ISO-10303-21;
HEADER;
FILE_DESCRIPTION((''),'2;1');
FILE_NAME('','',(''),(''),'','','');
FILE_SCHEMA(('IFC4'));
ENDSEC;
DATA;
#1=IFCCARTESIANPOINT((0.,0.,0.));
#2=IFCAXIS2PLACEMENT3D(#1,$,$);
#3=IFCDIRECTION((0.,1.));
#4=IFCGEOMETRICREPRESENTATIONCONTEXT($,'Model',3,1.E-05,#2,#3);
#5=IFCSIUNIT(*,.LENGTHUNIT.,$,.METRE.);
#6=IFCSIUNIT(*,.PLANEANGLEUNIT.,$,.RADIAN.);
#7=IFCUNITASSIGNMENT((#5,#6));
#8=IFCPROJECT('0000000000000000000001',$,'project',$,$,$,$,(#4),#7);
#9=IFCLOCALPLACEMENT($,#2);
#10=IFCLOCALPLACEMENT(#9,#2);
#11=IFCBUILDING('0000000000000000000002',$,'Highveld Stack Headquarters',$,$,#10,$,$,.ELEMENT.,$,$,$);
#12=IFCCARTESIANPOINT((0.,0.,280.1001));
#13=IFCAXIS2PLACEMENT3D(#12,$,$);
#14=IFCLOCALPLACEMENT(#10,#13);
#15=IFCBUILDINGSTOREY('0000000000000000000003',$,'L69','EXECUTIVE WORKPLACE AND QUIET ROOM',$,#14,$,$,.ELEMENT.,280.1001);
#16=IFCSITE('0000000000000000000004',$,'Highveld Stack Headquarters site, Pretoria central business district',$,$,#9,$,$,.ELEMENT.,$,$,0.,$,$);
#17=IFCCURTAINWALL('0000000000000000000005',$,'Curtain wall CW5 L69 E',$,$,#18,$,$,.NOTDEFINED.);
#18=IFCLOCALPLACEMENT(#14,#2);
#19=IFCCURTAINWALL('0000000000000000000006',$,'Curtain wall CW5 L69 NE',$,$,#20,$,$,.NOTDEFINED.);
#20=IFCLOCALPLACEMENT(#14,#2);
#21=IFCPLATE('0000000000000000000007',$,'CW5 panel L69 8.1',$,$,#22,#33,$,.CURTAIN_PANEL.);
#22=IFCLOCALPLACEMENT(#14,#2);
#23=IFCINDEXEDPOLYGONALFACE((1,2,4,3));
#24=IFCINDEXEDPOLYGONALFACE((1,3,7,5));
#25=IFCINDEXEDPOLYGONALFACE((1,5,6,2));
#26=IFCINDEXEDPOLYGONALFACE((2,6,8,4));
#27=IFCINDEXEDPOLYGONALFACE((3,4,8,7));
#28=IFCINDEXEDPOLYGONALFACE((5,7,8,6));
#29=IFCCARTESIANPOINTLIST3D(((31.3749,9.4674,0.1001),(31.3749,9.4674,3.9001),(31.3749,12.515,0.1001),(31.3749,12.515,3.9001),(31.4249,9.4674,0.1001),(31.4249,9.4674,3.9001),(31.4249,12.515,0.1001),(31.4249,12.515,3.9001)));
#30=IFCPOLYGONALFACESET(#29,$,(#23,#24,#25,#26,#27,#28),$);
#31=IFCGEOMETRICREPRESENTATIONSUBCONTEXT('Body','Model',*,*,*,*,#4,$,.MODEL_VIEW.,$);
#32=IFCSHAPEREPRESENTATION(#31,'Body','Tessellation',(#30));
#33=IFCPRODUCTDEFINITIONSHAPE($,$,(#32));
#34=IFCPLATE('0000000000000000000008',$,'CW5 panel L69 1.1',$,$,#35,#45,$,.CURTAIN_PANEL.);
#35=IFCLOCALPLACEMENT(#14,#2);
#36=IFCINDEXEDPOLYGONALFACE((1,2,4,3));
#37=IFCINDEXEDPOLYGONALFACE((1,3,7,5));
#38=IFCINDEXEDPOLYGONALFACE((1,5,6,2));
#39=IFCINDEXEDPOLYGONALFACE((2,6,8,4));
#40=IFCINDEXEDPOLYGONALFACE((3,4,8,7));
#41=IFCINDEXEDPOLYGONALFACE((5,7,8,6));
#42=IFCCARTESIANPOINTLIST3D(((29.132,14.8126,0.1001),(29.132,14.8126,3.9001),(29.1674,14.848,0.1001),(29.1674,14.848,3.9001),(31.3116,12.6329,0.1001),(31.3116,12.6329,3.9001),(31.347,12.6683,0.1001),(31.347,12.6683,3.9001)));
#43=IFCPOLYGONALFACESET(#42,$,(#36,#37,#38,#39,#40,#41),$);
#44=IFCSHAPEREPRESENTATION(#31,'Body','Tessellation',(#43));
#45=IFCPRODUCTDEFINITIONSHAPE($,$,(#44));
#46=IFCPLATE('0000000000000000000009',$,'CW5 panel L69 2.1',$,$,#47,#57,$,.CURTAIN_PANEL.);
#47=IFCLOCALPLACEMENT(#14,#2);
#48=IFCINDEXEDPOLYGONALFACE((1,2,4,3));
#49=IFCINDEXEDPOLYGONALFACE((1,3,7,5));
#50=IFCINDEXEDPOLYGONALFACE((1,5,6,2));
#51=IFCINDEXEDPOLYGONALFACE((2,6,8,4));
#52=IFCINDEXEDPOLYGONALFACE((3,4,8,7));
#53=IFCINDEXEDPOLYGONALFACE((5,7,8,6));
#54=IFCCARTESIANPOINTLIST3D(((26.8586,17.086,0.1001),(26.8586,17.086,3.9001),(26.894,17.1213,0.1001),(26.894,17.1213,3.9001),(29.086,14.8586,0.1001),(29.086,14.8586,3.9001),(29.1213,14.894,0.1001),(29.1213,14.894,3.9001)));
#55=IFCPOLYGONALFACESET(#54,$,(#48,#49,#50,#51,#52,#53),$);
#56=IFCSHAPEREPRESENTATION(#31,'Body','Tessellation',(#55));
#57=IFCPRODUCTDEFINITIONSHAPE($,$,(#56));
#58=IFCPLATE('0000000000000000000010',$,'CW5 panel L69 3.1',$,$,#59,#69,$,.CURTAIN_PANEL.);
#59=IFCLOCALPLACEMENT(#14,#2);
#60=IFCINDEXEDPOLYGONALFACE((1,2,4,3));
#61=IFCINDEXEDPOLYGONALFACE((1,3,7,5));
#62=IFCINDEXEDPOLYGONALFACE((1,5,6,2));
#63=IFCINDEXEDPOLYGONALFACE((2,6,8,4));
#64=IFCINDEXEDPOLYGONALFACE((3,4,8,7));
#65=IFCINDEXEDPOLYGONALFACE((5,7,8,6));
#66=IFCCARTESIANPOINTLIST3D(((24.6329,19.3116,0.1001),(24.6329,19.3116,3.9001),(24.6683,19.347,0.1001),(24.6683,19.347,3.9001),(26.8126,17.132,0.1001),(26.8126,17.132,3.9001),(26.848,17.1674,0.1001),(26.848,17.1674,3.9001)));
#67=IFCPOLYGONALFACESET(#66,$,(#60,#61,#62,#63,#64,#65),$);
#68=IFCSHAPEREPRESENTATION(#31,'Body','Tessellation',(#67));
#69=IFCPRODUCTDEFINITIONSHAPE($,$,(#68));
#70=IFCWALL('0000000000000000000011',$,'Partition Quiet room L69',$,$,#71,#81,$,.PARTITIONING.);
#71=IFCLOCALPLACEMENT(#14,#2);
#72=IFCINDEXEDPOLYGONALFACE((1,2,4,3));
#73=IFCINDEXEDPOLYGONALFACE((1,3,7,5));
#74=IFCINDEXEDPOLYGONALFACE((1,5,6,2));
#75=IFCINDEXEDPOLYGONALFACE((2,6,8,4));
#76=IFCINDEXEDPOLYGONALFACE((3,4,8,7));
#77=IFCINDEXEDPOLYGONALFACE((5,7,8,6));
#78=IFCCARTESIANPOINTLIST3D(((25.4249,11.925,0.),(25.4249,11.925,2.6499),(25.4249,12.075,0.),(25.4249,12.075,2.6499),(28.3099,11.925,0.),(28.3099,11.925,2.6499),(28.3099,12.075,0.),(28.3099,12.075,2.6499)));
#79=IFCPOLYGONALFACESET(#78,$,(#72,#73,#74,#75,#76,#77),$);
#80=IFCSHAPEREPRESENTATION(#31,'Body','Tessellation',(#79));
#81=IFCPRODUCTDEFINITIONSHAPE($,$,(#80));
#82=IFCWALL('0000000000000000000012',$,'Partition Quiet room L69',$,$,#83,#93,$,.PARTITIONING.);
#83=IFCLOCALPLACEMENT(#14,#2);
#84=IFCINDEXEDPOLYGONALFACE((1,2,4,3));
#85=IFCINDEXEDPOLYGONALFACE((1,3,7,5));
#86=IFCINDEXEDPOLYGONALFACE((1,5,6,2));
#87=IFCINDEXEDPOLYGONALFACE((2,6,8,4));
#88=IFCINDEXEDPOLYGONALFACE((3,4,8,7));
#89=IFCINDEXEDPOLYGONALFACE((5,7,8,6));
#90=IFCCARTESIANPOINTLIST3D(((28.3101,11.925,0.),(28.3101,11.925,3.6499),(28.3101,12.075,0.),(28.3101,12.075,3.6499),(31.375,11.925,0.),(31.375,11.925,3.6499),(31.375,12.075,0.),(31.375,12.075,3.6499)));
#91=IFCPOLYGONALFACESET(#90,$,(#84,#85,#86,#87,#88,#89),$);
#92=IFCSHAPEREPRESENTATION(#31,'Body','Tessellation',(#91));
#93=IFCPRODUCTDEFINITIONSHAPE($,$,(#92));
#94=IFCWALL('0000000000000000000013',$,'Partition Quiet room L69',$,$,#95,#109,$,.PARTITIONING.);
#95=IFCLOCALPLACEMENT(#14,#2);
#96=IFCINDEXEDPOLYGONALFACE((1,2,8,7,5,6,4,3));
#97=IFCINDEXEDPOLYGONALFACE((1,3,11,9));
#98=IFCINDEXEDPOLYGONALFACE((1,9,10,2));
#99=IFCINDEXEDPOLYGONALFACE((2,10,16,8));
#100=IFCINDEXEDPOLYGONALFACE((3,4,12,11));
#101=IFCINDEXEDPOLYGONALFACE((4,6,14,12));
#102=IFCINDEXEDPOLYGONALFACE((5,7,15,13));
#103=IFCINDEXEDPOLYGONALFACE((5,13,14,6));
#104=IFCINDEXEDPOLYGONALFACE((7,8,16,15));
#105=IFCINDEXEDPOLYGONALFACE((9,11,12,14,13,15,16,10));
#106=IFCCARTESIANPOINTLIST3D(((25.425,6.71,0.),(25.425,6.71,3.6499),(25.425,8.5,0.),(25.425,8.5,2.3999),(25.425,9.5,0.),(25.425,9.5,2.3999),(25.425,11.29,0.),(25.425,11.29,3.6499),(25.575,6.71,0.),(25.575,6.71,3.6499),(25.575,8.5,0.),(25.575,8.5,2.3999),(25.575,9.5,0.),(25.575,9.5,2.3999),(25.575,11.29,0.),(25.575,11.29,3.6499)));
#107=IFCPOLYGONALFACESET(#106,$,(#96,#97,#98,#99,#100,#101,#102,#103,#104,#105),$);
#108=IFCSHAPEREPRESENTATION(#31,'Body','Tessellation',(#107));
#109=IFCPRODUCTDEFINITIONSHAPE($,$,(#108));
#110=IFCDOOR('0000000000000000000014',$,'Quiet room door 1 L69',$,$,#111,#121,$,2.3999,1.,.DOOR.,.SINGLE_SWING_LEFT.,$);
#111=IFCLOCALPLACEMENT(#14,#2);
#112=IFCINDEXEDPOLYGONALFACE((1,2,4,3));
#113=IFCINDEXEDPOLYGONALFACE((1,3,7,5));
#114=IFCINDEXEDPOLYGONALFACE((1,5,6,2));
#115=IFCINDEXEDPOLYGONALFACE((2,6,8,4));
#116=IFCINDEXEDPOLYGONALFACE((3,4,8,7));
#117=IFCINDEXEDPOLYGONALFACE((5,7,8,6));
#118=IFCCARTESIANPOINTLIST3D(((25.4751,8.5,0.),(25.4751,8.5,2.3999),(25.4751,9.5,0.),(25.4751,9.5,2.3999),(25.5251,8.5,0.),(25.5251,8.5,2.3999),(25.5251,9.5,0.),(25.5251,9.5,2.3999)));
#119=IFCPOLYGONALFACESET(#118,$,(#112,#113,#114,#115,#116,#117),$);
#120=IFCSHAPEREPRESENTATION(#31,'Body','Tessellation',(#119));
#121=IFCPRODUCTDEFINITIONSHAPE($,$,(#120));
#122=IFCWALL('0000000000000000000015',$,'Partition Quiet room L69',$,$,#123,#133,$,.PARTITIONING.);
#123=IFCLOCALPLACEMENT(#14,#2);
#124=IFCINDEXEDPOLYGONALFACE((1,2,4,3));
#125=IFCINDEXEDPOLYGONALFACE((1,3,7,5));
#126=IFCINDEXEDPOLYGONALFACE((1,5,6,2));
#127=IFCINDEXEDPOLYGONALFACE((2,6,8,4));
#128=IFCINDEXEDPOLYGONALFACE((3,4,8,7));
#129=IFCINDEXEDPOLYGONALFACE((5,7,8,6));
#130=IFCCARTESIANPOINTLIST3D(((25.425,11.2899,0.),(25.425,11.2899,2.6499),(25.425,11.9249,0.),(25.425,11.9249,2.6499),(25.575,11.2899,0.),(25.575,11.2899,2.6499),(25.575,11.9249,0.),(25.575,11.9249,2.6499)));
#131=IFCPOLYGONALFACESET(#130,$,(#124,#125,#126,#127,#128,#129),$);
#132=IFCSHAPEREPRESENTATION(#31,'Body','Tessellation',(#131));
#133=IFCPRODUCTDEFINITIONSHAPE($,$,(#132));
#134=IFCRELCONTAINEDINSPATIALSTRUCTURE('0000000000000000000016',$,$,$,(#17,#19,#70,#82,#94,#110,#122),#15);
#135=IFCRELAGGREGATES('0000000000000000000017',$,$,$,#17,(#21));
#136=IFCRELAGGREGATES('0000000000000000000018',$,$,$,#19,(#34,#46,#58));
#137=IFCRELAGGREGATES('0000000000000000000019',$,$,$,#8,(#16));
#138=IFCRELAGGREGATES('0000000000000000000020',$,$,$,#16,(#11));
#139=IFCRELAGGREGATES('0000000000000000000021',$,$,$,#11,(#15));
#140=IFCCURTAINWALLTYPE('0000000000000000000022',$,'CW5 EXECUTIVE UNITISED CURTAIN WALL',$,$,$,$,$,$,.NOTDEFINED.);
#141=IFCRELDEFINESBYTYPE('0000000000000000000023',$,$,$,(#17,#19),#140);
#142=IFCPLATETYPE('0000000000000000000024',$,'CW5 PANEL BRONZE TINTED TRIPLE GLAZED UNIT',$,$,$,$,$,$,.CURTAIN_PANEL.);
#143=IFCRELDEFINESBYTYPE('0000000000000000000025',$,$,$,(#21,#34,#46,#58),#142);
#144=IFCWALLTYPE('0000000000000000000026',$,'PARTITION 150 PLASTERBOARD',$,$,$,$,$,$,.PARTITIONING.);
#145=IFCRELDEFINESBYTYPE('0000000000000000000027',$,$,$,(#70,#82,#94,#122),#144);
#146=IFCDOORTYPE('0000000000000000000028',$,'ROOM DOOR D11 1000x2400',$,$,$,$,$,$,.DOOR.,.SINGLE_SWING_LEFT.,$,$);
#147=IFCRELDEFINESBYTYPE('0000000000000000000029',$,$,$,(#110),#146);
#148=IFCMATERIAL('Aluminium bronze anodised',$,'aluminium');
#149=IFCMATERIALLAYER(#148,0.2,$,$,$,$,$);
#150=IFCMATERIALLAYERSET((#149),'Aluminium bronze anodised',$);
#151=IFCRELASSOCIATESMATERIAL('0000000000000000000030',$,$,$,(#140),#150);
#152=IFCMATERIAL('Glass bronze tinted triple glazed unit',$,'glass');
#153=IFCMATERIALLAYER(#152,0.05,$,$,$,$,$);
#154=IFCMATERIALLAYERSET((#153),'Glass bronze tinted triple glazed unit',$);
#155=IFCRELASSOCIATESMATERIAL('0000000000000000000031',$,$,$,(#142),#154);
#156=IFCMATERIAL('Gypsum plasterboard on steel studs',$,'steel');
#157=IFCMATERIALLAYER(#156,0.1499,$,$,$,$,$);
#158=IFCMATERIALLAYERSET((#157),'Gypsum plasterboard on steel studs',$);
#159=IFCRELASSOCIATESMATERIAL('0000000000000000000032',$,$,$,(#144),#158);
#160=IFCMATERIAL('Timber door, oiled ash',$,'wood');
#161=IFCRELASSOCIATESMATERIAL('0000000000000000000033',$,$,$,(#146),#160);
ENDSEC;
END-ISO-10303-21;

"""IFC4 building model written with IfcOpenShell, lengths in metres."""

from ifc_helpers import new_model, si_unit, direction, frame, frame_2d, origin, origin_2d, place, context, subcontext, project, spatial, rectangle, extrude, material, layer, layer_set, type_object, element, fill, aggregate, save


model = new_model("IFC4")

# Units and contexts
model_context = context("Model", 3, precision=1e-05, world=origin(), true_north=direction((0.0, 1.0)))
body_context = subcontext(model_context, "Body", "Model", "MODEL_VIEW")
ifc_project = project(units=[si_unit("LENGTHUNIT", "METRE"), si_unit("PLANEANGLEUNIT", "RADIAN")], contexts=[model_context])

# Site, building, storey
site_placement = place(None, origin())
site = spatial("IfcSite", under=ifc_project, at=site_placement, Name="Highveld Stack Headquarters site, Pretoria central business district", CompositionType="ELEMENT", RefElevation=0.0)
building_placement = place(site_placement, origin())
building = spatial("IfcBuilding", under=site, at=building_placement, Name="Highveld Stack Headquarters", CompositionType="ELEMENT")
storey_placement = place(building_placement, frame((0.0, 0.0, 280.1001)))
storey = spatial("IfcBuildingStorey", under=building, at=storey_placement, Name="L69", Description="EXECUTIVE WORKPLACE AND QUIET ROOM", CompositionType="ELEMENT", Elevation=280.1001)

# Curtain walls
ifc_material_1 = material(Name="Aluminium bronze anodised", Category="aluminium")
ifc_layer_1 = layer(ifc_material_1, 0.2)
ifc_layer_set_1 = layer_set([ifc_layer_1], Name="Aluminium bronze anodised")
curtain_wall_type = type_object("IfcCurtainWallType", Name="CW5 EXECUTIVE UNITISED CURTAIN WALL", PredefinedType="NOTDEFINED", material=ifc_layer_set_1)
curtain_wall_1_placement = place(storey_placement, origin())
curtain_wall_1 = element("IfcCurtainWall", 1, at=curtain_wall_1_placement, inside=storey, type_object=curtain_wall_type, Name="Curtain wall CW5 L69 E", PredefinedType="NOTDEFINED")
curtain_wall_2_placement = place(storey_placement, origin())
curtain_wall_2 = element("IfcCurtainWall", 2, at=curtain_wall_2_placement, inside=storey, type_object=curtain_wall_type, Name="Curtain wall CW5 L69 NE", PredefinedType="NOTDEFINED")

# Plates
ifc_material_2 = material(Name="Glass bronze tinted triple glazed unit", Category="glass")
ifc_layer_2 = layer(ifc_material_2, 0.05)
ifc_layer_set_2 = layer_set([ifc_layer_2], Name="Glass bronze tinted triple glazed unit")
plate_type = type_object("IfcPlateType", Name="CW5 PANEL BRONZE TINTED TRIPLE GLAZED UNIT", PredefinedType="CURTAIN_PANEL", material=ifc_layer_set_2)
plate_1_placement = place(storey_placement, frame((31.3999, 10.9912, 0.1001), z_axis=(0.0, 0.0, 1.0), x_axis=(0.0, 1.0, 0.0)))
plate_1 = element("IfcPlate", 3, at=plate_1_placement, type_object=plate_type, Name="CW5 panel L69 8.1", PredefinedType="CURTAIN_PANEL", context=body_context, shape_type="SweptSolid", body=[
    extrude(rectangle(XDim=3.0476, YDim=0.05, at=origin_2d()), origin(), (0.0, 0.0, 1.0), 3.8),
])
aggregate(curtain_wall_1, [plate_1])
plate_2_placement = place(storey_placement, frame((30.2395, 13.7405, 0.1001), z_axis=(0.0, 0.0, 1.0), x_axis=(-0.707107, 0.707107, 0.0)))
plate_2 = element("IfcPlate", 4, at=plate_2_placement, type_object=plate_type, Name="CW5 panel L69 1.1", PredefinedType="CURTAIN_PANEL", context=body_context, shape_type="SweptSolid", body=[
    extrude(rectangle(XDim=3.0825, YDim=0.05, at=origin_2d()), origin(), (0.0, 0.0, 1.0), 3.8),
])
plate_3_placement = place(storey_placement, frame((27.99, 15.99, 0.1001), z_axis=(0.0, 0.0, 1.0), x_axis=(-0.707107, 0.707107, 0.0)))
plate_3 = element("IfcPlate", 5, at=plate_3_placement, type_object=plate_type, Name="CW5 panel L69 2.1", PredefinedType="CURTAIN_PANEL", context=body_context, shape_type="SweptSolid", body=[
    extrude(rectangle(XDim=3.1499, YDim=0.05, at=origin_2d()), origin(), (0.0, 0.0, 1.0), 3.8),
])
plate_4_placement = place(storey_placement, frame((25.7405, 18.2395, 0.1001), z_axis=(0.0, 0.0, 1.0), x_axis=(-0.707107, 0.707107, 0.0)))
plate_4 = element("IfcPlate", 6, at=plate_4_placement, type_object=plate_type, Name="CW5 panel L69 3.1", PredefinedType="CURTAIN_PANEL", context=body_context, shape_type="SweptSolid", body=[
    extrude(rectangle(XDim=3.0825, YDim=0.05, at=origin_2d()), origin(), (0.0, 0.0, 1.0), 3.8),
])
aggregate(curtain_wall_2, [plate_2, plate_3, plate_4])

# Walls
ifc_material_3 = material(Name="Gypsum plasterboard on steel studs", Category="steel")
ifc_layer_3 = layer(ifc_material_3, 0.1499)
ifc_layer_set_3 = layer_set([ifc_layer_3], Name="Gypsum plasterboard on steel studs")
wall_type = type_object("IfcWallType", Name="PARTITION 150 PLASTERBOARD", PredefinedType="PARTITIONING", material=ifc_layer_set_3)
wall_1_placement = place(storey_placement, frame((25.425, 12.0, 0.0), z_axis=(0.0, 0.0, 1.0), x_axis=(1.0, 0.0, 0.0)))
element("IfcWall", 7, at=wall_1_placement, inside=storey, type_object=wall_type, Name="Partition Quiet room L69", PredefinedType="PARTITIONING", context=body_context, shape_type="SweptSolid", body=[
    extrude(rectangle(XDim=2.885, YDim=0.1499, at=frame_2d((1.4424, 0.0))), origin(), (0.0, 0.0, 1.0), 2.6499),
])
wall_2_placement = place(storey_placement, frame((28.3101, 12.0, 0.0), z_axis=(0.0, 0.0, 1.0), x_axis=(1.0, 0.0, 0.0)))
element("IfcWall", 8, at=wall_2_placement, inside=storey, type_object=wall_type, Name="Partition Quiet room L69", PredefinedType="PARTITIONING", context=body_context, shape_type="SweptSolid", body=[
    extrude(rectangle(XDim=3.0649, YDim=0.1499, at=frame_2d((1.5325, 0.0))), origin(), (0.0, 0.0, 1.0), 3.6499),
])

# Wall, opening, door
wall_3_placement = place(storey_placement, frame((25.5, 6.71, 0.0), z_axis=(0.0, 0.0, 1.0), x_axis=(0.0, 1.0, 0.0)))
wall_3 = element("IfcWall", 9, at=wall_3_placement, inside=storey, type_object=wall_type, Name="Partition Quiet room L69", PredefinedType="PARTITIONING", context=body_context, shape_type="SweptSolid", body=[
    extrude(rectangle(XDim=4.5801, YDim=0.1499, at=frame_2d((2.29, 0.0))), origin(), (0.0, 0.0, 1.0), 3.6499),
])
opening_placement = place(wall_3_placement, frame((1.79, 0.0, 0.0)))
opening = element("IfcOpeningElement", 10, at=opening_placement, cuts=wall_3, PredefinedType="OPENING", context=body_context, shape_type="SweptSolid", body=[
    extrude(rectangle(XDim=1.0, YDim=2.3999, at=frame_2d((0.5, 1.2))), frame((0.0, 0.085, 0.0), z_axis=(0.0, -1.0, 0.0), x_axis=(1.0, 0.0, 0.0)), (0.0, 0.0, 1.0), 0.1699),
])
ifc_material_4 = material(Name="Timber door, oiled ash", Category="wood")
door_type = type_object("IfcDoorType", Name="ROOM DOOR D11 1000x2400", OperationType="SINGLE_SWING_LEFT", PredefinedType="DOOR", material=ifc_material_4)
door_placement = place(opening_placement, origin())
door = element("IfcDoor", 11, at=door_placement, inside=storey, type_object=door_type, Name="Quiet room door 1 L69", OperationType="SINGLE_SWING_LEFT", OverallHeight=2.3999, OverallWidth=1.0, PredefinedType="DOOR", context=body_context, shape_type="SweptSolid", body=[
    extrude(rectangle(XDim=1.0, YDim=2.3999, at=frame_2d((0.5, 1.2))), frame((0.0, 0.0249, 0.0), z_axis=(0.0, -1.0, 0.0), x_axis=(1.0, 0.0, 0.0)), (0.0, 0.0, 1.0), 0.05),
])
fill(opening, door)

# Wall
wall_4_placement = place(storey_placement, frame((25.5, 11.29, 0.0), z_axis=(0.0, 0.0, 1.0), x_axis=(0.0, 1.0, 0.0)))
element("IfcWall", 12, at=wall_4_placement, inside=storey, type_object=wall_type, Name="Partition Quiet room L69", PredefinedType="PARTITIONING", context=body_context, shape_type="SweptSolid", body=[
    extrude(rectangle(XDim=0.635, YDim=0.1499, at=frame_2d((0.3174, 0.0))), origin(), (0.0, 0.0, 1.0), 2.6499),
])

save(model, "model.ifc")
